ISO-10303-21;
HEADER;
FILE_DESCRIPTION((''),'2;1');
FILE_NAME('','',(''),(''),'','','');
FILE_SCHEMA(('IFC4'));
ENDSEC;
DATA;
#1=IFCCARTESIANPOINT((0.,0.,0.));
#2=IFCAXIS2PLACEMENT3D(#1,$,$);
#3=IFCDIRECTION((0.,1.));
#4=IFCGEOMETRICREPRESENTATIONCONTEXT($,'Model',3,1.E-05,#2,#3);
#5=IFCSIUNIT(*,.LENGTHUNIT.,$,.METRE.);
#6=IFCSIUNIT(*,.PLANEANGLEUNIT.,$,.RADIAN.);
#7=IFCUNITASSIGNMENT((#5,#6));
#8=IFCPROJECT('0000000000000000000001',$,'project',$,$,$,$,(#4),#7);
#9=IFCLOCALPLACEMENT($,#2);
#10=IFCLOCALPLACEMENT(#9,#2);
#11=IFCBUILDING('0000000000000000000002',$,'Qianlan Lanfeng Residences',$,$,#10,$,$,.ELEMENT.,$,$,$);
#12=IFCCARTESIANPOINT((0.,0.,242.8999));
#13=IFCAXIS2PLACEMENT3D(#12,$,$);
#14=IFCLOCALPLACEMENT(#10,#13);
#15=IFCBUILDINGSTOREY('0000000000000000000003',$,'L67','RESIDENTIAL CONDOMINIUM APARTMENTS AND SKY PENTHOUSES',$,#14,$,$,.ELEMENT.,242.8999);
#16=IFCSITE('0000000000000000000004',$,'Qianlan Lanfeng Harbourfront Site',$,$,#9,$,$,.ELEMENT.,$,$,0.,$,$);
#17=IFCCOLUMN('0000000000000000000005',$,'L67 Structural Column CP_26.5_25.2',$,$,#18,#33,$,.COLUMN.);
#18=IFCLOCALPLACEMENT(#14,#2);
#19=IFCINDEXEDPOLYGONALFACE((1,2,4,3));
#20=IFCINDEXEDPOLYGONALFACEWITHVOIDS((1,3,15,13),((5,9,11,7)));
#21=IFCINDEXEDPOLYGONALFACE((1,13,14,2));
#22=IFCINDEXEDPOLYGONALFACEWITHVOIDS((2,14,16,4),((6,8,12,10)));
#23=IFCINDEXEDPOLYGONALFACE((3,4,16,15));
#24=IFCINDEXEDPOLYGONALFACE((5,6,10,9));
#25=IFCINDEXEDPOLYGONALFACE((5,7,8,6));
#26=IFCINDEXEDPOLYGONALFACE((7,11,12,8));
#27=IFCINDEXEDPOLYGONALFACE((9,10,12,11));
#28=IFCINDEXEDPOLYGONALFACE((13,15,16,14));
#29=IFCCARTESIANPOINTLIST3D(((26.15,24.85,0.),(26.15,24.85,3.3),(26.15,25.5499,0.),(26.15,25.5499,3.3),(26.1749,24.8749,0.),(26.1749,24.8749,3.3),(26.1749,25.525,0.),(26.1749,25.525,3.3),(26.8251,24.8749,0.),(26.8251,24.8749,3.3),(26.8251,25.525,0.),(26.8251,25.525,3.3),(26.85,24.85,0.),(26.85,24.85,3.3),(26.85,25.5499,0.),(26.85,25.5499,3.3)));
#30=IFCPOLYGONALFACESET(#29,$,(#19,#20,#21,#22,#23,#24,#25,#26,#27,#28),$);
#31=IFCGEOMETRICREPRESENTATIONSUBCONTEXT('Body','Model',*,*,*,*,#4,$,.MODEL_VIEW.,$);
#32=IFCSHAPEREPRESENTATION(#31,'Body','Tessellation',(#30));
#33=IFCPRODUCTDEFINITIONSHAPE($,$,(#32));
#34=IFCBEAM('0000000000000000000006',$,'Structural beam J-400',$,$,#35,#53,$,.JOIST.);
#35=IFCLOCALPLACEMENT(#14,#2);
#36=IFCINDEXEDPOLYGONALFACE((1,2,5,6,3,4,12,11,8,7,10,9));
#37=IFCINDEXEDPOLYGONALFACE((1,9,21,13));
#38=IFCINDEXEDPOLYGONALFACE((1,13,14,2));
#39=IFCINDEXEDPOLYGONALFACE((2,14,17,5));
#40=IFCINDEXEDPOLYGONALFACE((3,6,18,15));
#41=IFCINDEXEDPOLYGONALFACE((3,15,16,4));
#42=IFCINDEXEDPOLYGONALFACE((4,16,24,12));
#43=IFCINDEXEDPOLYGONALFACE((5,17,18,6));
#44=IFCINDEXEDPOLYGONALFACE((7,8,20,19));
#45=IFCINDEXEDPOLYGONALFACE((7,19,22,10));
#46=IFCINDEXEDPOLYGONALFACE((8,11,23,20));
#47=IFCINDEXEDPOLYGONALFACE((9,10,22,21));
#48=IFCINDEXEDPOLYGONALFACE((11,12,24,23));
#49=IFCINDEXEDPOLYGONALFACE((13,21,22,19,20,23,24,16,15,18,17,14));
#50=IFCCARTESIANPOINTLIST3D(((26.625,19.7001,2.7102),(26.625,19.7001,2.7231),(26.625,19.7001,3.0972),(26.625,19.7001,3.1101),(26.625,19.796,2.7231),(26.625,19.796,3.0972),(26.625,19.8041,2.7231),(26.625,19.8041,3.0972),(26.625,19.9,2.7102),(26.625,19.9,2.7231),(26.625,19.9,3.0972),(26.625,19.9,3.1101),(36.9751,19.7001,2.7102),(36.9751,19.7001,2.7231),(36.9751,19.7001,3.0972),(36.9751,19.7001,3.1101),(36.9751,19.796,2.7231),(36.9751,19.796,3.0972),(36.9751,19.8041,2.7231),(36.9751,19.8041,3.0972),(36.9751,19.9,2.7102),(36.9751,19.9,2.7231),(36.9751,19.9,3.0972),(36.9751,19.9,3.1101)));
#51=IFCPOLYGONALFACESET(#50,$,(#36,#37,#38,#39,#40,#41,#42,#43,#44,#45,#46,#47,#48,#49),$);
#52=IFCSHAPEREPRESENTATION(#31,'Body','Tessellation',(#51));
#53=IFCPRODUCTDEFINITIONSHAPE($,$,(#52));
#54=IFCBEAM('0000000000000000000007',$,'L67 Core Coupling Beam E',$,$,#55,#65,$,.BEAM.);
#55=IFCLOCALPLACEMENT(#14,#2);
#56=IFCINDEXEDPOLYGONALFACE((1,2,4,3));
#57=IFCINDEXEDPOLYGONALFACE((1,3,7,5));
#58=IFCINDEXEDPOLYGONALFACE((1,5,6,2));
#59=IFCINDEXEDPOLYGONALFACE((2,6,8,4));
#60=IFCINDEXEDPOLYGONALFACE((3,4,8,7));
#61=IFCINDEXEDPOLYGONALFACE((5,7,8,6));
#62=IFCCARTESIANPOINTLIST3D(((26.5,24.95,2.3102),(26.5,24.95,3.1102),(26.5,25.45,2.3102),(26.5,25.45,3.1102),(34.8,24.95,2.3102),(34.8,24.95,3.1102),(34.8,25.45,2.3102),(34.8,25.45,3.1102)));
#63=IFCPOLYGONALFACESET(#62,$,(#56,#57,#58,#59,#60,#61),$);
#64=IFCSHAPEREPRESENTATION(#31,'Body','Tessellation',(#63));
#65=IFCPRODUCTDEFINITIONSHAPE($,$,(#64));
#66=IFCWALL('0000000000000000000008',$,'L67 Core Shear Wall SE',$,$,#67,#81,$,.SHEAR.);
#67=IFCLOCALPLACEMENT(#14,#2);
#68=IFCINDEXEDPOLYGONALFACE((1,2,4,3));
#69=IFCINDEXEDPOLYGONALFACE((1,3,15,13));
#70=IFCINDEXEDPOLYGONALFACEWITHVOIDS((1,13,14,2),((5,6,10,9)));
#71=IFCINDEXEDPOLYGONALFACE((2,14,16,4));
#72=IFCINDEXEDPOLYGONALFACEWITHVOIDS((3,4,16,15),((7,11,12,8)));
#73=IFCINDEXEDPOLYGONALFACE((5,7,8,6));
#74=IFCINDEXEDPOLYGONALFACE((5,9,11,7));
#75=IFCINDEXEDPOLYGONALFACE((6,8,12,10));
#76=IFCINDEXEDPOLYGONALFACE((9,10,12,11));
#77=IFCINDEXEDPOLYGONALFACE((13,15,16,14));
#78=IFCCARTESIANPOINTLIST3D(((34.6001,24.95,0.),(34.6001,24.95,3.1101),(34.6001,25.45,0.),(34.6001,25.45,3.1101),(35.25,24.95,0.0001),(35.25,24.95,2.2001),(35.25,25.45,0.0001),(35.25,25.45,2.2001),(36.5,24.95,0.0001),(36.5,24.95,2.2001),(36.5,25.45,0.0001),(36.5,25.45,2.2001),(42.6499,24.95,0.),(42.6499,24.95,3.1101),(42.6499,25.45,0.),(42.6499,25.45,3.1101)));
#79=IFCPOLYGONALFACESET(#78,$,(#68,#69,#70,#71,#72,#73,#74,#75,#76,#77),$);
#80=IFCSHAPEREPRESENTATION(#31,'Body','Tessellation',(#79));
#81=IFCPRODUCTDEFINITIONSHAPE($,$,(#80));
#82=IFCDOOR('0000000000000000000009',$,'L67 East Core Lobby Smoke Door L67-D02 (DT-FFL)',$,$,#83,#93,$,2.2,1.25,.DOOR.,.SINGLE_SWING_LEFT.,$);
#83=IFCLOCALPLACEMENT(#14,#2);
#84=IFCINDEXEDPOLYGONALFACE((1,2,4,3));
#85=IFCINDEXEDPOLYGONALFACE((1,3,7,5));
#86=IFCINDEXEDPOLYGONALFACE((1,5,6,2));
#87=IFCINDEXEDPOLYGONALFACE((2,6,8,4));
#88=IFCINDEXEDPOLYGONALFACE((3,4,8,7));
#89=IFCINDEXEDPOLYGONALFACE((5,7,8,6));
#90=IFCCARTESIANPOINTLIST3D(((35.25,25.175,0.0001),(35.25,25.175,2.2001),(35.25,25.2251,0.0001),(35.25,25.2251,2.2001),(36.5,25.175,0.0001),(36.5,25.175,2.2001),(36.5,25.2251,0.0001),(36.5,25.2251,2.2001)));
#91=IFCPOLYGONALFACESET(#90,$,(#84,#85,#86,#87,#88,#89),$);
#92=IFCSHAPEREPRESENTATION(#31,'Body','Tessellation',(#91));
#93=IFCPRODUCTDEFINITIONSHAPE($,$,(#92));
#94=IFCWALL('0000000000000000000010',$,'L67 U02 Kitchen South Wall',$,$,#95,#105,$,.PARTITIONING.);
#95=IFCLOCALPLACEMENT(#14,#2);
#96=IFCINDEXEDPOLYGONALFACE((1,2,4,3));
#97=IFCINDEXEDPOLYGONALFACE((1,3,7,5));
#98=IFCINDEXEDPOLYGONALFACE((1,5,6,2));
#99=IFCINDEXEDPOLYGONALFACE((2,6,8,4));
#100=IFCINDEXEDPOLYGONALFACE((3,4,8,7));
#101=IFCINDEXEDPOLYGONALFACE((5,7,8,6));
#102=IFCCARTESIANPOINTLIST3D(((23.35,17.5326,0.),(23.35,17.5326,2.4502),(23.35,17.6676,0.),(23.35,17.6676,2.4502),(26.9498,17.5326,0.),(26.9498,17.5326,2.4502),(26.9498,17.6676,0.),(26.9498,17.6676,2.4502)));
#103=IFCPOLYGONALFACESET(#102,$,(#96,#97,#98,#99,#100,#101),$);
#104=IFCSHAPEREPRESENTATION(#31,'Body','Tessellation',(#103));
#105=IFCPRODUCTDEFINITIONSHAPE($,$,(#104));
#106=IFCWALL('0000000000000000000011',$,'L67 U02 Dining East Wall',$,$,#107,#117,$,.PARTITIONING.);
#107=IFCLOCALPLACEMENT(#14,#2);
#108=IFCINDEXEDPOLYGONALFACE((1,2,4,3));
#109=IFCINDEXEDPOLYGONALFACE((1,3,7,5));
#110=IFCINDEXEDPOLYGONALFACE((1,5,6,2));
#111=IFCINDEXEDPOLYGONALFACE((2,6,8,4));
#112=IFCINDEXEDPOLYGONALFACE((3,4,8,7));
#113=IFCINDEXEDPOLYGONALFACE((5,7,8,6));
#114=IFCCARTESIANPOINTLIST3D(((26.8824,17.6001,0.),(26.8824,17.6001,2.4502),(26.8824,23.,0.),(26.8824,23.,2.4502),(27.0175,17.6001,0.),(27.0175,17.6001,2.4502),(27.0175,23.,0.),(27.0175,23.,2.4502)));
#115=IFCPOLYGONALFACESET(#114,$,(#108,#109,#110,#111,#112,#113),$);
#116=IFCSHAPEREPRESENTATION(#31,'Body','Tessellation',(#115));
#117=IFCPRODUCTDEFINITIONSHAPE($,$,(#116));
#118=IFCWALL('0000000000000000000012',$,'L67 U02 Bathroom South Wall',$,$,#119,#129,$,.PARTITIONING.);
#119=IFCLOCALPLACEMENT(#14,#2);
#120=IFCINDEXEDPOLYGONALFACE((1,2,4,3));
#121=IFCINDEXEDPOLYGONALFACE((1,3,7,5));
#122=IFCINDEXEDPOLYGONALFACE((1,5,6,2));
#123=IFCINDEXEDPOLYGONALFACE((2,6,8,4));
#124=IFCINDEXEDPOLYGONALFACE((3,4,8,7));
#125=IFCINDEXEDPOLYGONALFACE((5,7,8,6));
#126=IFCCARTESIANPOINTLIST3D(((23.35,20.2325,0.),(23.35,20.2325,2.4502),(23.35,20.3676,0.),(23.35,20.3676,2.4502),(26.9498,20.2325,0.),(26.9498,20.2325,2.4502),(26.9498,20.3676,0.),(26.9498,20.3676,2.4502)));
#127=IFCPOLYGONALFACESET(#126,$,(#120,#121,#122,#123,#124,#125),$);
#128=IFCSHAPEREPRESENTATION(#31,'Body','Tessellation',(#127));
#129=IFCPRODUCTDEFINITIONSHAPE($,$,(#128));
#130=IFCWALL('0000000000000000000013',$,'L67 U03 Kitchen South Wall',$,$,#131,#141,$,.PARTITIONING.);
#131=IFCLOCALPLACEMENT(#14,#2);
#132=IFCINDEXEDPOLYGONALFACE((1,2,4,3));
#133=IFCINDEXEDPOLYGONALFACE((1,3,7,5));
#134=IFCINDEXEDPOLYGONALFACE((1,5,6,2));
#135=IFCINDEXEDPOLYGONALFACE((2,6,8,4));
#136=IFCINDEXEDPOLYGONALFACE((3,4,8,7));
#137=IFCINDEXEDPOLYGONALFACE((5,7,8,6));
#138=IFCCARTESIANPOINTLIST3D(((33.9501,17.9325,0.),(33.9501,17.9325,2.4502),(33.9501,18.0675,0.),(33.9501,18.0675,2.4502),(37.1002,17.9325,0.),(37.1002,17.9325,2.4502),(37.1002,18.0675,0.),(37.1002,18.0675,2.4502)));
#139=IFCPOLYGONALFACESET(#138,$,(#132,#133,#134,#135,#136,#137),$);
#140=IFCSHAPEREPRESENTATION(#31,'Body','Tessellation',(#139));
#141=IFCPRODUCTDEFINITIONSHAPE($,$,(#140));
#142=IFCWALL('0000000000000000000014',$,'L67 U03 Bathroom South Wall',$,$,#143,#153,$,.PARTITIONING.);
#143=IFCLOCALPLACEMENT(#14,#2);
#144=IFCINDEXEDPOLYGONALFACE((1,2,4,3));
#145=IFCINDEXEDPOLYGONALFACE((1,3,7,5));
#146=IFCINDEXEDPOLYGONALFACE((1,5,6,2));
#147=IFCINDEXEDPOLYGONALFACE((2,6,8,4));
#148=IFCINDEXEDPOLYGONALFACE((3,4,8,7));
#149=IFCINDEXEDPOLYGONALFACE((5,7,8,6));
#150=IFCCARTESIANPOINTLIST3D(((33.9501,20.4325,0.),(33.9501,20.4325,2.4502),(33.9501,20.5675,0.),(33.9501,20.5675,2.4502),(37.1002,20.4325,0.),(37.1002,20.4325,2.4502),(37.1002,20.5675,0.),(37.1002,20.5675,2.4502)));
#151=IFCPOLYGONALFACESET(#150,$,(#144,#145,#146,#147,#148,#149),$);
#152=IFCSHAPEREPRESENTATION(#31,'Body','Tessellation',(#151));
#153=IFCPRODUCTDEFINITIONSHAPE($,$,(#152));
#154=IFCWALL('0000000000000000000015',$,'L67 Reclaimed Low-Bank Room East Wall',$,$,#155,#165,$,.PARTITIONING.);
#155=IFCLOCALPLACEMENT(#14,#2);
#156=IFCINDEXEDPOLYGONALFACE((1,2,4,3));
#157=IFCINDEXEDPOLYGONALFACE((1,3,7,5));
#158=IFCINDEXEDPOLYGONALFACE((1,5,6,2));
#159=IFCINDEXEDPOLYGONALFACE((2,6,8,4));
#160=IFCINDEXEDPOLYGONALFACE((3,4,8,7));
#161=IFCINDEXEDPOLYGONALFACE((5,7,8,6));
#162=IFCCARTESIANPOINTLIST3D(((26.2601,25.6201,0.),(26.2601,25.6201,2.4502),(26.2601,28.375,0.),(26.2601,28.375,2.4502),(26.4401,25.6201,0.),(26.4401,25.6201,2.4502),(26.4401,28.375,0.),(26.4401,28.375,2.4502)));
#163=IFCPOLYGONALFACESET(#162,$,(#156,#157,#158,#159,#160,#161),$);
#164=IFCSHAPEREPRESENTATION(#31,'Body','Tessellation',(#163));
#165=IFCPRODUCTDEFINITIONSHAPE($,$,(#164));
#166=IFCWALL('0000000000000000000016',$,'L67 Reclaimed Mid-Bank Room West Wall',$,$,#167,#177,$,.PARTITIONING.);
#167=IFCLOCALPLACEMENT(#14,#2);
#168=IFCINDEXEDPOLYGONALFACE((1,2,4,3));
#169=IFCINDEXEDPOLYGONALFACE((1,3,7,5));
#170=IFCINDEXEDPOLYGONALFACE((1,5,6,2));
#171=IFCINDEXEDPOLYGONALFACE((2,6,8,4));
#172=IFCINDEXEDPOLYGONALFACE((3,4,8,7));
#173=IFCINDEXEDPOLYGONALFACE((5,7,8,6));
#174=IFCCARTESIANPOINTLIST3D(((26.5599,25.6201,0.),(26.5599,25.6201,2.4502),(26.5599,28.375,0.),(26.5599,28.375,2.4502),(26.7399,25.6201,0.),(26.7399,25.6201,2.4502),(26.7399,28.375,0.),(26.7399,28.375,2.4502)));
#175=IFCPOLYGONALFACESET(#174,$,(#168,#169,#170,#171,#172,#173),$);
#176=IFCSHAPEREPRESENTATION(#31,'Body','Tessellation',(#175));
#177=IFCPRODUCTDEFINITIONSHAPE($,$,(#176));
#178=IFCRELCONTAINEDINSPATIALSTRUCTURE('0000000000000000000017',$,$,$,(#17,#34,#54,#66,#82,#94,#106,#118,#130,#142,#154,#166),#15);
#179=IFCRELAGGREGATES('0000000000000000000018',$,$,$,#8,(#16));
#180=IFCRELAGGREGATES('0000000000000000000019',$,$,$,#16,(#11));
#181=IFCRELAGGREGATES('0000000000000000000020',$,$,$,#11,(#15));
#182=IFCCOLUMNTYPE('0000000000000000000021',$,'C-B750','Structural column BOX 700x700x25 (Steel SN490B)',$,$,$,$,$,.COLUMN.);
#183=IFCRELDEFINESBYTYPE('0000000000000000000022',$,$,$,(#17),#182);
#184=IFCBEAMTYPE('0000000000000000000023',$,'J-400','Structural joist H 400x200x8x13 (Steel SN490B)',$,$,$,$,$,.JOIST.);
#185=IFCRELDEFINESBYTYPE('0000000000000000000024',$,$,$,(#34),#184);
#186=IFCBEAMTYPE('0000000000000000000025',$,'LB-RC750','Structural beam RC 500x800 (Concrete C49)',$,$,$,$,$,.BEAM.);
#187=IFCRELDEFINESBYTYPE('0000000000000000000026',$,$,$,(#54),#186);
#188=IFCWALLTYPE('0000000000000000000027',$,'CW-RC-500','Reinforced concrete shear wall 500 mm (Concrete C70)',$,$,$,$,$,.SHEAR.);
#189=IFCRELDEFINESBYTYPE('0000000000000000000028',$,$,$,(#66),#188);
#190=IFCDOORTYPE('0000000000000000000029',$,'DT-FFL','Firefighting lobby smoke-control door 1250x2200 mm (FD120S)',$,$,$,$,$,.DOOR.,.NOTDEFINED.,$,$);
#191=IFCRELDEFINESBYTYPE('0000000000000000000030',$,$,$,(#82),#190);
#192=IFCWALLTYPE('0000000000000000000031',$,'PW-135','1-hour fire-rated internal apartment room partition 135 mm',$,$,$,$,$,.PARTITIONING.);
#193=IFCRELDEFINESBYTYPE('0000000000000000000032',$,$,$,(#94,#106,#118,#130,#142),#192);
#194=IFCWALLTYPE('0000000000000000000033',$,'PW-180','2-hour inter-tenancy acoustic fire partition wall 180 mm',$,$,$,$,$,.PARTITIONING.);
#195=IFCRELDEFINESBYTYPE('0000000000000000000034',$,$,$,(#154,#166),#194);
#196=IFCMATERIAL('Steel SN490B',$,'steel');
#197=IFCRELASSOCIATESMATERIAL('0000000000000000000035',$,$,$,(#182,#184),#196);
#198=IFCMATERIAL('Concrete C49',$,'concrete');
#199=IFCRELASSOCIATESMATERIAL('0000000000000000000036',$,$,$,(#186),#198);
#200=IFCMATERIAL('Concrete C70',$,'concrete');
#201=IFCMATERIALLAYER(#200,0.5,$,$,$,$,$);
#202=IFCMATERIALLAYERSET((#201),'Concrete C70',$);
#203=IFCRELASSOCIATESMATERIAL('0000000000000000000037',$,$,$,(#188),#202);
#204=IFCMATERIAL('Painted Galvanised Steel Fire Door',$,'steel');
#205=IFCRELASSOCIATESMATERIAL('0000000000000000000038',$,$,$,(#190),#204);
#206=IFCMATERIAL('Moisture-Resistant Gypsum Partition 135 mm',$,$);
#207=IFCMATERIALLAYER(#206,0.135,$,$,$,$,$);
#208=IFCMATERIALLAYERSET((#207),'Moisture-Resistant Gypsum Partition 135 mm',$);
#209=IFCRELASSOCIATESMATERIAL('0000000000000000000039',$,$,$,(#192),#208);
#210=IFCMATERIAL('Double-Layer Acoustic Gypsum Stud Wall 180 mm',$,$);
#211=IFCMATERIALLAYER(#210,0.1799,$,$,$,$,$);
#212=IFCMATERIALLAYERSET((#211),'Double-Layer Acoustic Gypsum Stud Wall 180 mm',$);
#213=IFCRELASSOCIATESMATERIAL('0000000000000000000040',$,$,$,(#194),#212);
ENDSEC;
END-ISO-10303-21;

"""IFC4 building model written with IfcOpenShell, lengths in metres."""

from ifc_helpers import new_model, si_unit, direction, frame, frame_2d, origin, origin_2d, place, context, subcontext, project, spatial, rectangle, hollow_rectangle, i_section, extrude, material, layer, layer_set, material_profile, profile_set, type_object, element, fill, save


model = new_model("IFC4")

# Units and contexts
model_context = context("Model", 3, precision=1e-05, world=origin(), true_north=direction((0.0, 1.0)))
body_context = subcontext(model_context, "Body", "Model", "MODEL_VIEW")
ifc_project = project(units=[si_unit("LENGTHUNIT", "METRE"), si_unit("PLANEANGLEUNIT", "RADIAN")], contexts=[model_context])

# Site, building, storey
site_placement = place(None, origin())
site = spatial("IfcSite", under=ifc_project, at=site_placement, Name="Qianlan Lanfeng Harbourfront Site", CompositionType="ELEMENT", RefElevation=0.0)
building_placement = place(site_placement, origin())
building = spatial("IfcBuilding", under=site, at=building_placement, Name="Qianlan Lanfeng Residences", CompositionType="ELEMENT")
storey_placement = place(building_placement, frame((0.0, 0.0, 242.8999)))
storey = spatial("IfcBuildingStorey", under=building, at=storey_placement, Name="L67", Description="RESIDENTIAL CONDOMINIUM APARTMENTS AND SKY PENTHOUSES", CompositionType="ELEMENT", Elevation=242.8999)

# Column
ifc_material_1 = material(Name="Steel SN490B", Category="steel")
ifc_material_profile_1 = material_profile(ifc_material_1, hollow_rectangle(XDim=0.7, YDim=0.7, WallThickness=0.0249, at=origin_2d()), Name="BOX 700x700x25")
ifc_profile_set_1 = profile_set([ifc_material_profile_1], Name="Steel SN490B")
column_type = type_object("IfcColumnType", Name="C-B750", Description="Structural column BOX 700x700x25 (Steel SN490B)", PredefinedType="COLUMN", material=ifc_profile_set_1)
column_placement = place(storey_placement, frame((26.5, 25.2, 0.0), z_axis=(0.0, 0.0, 1.0), x_axis=(1.0, 0.0, 0.0)))
element("IfcColumn", 1, at=column_placement, inside=storey, type_object=column_type, Name="L67 Structural Column CP_26.5_25.2", PredefinedType="COLUMN", context=body_context, shape_type="SweptSolid", body=[
    extrude(hollow_rectangle(XDim=0.7, YDim=0.7, WallThickness=0.0249, at=origin_2d()), origin(), (0.0, 0.0, 1.0), 3.3),
])

# Beams
ifc_material_profile_2 = material_profile(ifc_material_1, i_section(OverallWidth=0.2, OverallDepth=0.3999, WebThickness=0.0081, FlangeThickness=0.0129, at=origin_2d()), Name="H 400x200x8x13")
ifc_profile_set_2 = profile_set([ifc_material_profile_2], Name="Steel SN490B")
beam_type_1 = type_object("IfcBeamType", Name="J-400", Description="Structural joist H 400x200x8x13 (Steel SN490B)", PredefinedType="JOIST", material=ifc_profile_set_2)
beam_1_placement = place(storey_placement, frame((26.625, 19.8, 2.9102), z_axis=(1.0, 0.0, 0.0), x_axis=(0.0, 1.0, 0.0)))
element("IfcBeam", 2, at=beam_1_placement, inside=storey, type_object=beam_type_1, Name="Structural beam J-400", PredefinedType="JOIST", context=body_context, shape_type="SweptSolid", body=[
    extrude(i_section(OverallWidth=0.2, OverallDepth=0.3999, WebThickness=0.0081, FlangeThickness=0.0129, at=origin_2d()), origin(), (0.0, 0.0, 1.0), 10.3501),
])
ifc_material_2 = material(Name="Concrete C49", Category="concrete")
ifc_material_profile_3 = material_profile(ifc_material_2, rectangle(XDim=0.5, YDim=0.8, at=origin_2d()), Name="RC 500x800")
ifc_profile_set_3 = profile_set([ifc_material_profile_3], Name="Concrete C49")
beam_type_2 = type_object("IfcBeamType", Name="LB-RC750", Description="Structural beam RC 500x800 (Concrete C49)", PredefinedType="BEAM", material=ifc_profile_set_3)
beam_2_placement = place(storey_placement, frame((26.5, 25.2, 2.7102), z_axis=(1.0, 0.0, 0.0), x_axis=(0.0, 1.0, 0.0)))
element("IfcBeam", 3, at=beam_2_placement, inside=storey, type_object=beam_type_2, Name="L67 Core Coupling Beam E", PredefinedType="BEAM", context=body_context, shape_type="SweptSolid", body=[
    extrude(rectangle(XDim=0.5, YDim=0.8, at=origin_2d()), origin(), (0.0, 0.0, 1.0), 8.3),
])

# Wall, opening, door
ifc_material_3 = material(Name="Concrete C70", Category="concrete")
ifc_layer_1 = layer(ifc_material_3, 0.5)
ifc_layer_set_1 = layer_set([ifc_layer_1], Name="Concrete C70")
wall_type_1 = type_object("IfcWallType", Name="CW-RC-500", Description="Reinforced concrete shear wall 500 mm (Concrete C70)", PredefinedType="SHEAR", material=ifc_layer_set_1)
wall_1_placement = place(storey_placement, frame((34.6001, 25.2, 0.0), z_axis=(0.0, 0.0, 1.0), x_axis=(1.0, 0.0, 0.0)))
wall_1 = element("IfcWall", 4, at=wall_1_placement, inside=storey, type_object=wall_type_1, Name="L67 Core Shear Wall SE", PredefinedType="SHEAR", context=body_context, shape_type="SweptSolid", body=[
    extrude(rectangle(XDim=8.0498, YDim=0.5, at=frame_2d((4.0249, 0.0))), origin(), (0.0, 0.0, 1.0), 3.1101),
])
opening_1_placement = place(wall_1_placement, frame((0.6499, 0.0, 0.0)))
opening_1 = element("IfcOpeningElement", 5, at=opening_1_placement, cuts=wall_1, PredefinedType="OPENING", context=body_context, shape_type="SweptSolid", body=[
    extrude(rectangle(XDim=1.25, YDim=2.2, at=frame_2d((0.625, 1.1001))), frame((0.0, 0.26, 0.0), z_axis=(0.0, -1.0, 0.0), x_axis=(1.0, 0.0, 0.0)), (0.0, 0.0, 1.0), 0.52),
])
ifc_material_4 = material(Name="Painted Galvanised Steel Fire Door", Category="steel")
door_type_1 = type_object("IfcDoorType", Name="DT-FFL", Description="Firefighting lobby smoke-control door 1250x2200 mm (FD120S)", OperationType="NOTDEFINED", PredefinedType="DOOR", material=ifc_material_4)
door_1_placement = place(opening_1_placement, frame((1.25, 0.0, 0.0), z_axis=(0.0, 0.0, 1.0), x_axis=(-1.0, 0.0, 0.0)))
door_1 = element("IfcDoor", 6, at=door_1_placement, inside=storey, type_object=door_type_1, Name="L67 East Core Lobby Smoke Door L67-D02 (DT-FFL)", OperationType="SINGLE_SWING_LEFT", OverallHeight=2.2, OverallWidth=1.25, PredefinedType="DOOR", context=body_context, shape_type="SweptSolid", body=[
    extrude(rectangle(XDim=1.25, YDim=2.2, at=frame_2d((0.625, 1.1001))), frame((0.0, 0.0249, 0.0), z_axis=(0.0, -1.0, 0.0), x_axis=(1.0, 0.0, 0.0)), (0.0, 0.0, 1.0), 0.05),
])
fill(opening_1, door_1)

# Walls
ifc_material_5 = material(Name="Moisture-Resistant Gypsum Partition 135 mm")
ifc_layer_2 = layer(ifc_material_5, 0.135)
ifc_layer_set_2 = layer_set([ifc_layer_2], Name="Moisture-Resistant Gypsum Partition 135 mm")
wall_type_2 = type_object("IfcWallType", Name="PW-135", Description="1-hour fire-rated internal apartment room partition 135 mm", PredefinedType="PARTITIONING", material=ifc_layer_set_2)
wall_2_placement = place(storey_placement, frame((23.3501, 17.6001, 0.0), z_axis=(0.0, 0.0, 1.0), x_axis=(1.0, 0.0, 0.0)))
element("IfcWall", 7, at=wall_2_placement, inside=storey, type_object=wall_type_2, Name="L67 U02 Kitchen South Wall", PredefinedType="PARTITIONING", context=body_context, shape_type="SweptSolid", body=[
    extrude(rectangle(XDim=3.5999, YDim=0.135, at=frame_2d((1.7998, 0.0))), origin(), (0.0, 0.0, 1.0), 2.4502),
])
wall_3_placement = place(storey_placement, frame((26.95, 17.6001, 0.0), z_axis=(0.0, 0.0, 1.0), x_axis=(0.0, 1.0, 0.0)))
element("IfcWall", 8, at=wall_3_placement, inside=storey, type_object=wall_type_2, Name="L67 U02 Dining East Wall", PredefinedType="PARTITIONING", context=body_context, shape_type="SweptSolid", body=[
    extrude(rectangle(XDim=5.3999, YDim=0.135, at=frame_2d((2.7, 0.0))), origin(), (0.0, 0.0, 1.0), 2.4502),
])
wall_4_placement = place(storey_placement, frame((23.3501, 20.3, 0.0), z_axis=(0.0, 0.0, 1.0), x_axis=(1.0, 0.0, 0.0)))
element("IfcWall", 9, at=wall_4_placement, inside=storey, type_object=wall_type_2, Name="L67 U02 Bathroom South Wall", PredefinedType="PARTITIONING", context=body_context, shape_type="SweptSolid", body=[
    extrude(rectangle(XDim=3.5999, YDim=0.135, at=frame_2d((1.7998, 0.0))), origin(), (0.0, 0.0, 1.0), 2.4502),
])

# Walls
for number, where, z_axis, x_axis, name in (
    (10, (33.95, 18.0, 0.0), (0.0, 0.0, 1.0), (1.0, 0.0, 0.0), "L67 U03 Kitchen South Wall"),
    (11, (33.95, 20.5, 0.0), (0.0, 0.0, 1.0), (1.0, 0.0, 0.0), "L67 U03 Bathroom South Wall"),
):
    element("IfcWall", number, at=place(storey_placement, frame(where, z_axis=z_axis, x_axis=x_axis)), inside=storey, type_object=wall_type_2, Name=name, PredefinedType="PARTITIONING", context=body_context, shape_type="SweptSolid", body=[
        extrude(rectangle(XDim=3.1501, YDim=0.135, at=frame_2d((1.5752, 0.0))), origin(), (0.0, 0.0, 1.0), 2.4502),
    ])
ifc_material_6 = material(Name="Double-Layer Acoustic Gypsum Stud Wall 180 mm")
ifc_layer_3 = layer(ifc_material_6, 0.1799)
ifc_layer_set_3 = layer_set([ifc_layer_3], Name="Double-Layer Acoustic Gypsum Stud Wall 180 mm")
wall_type_3 = type_object("IfcWallType", Name="PW-180", Description="2-hour inter-tenancy acoustic fire partition wall 180 mm", PredefinedType="PARTITIONING", material=ifc_layer_set_3)
for number, where, z_axis, x_axis, name in (
    (12, (26.3501, 25.6201, 0.0), (0.0, 0.0, 1.0), (0.0, 1.0, 0.0), "L67 Reclaimed Low-Bank Room East Wall"),
    (13, (26.6499, 25.6201, 0.0), (0.0, 0.0, 1.0), (0.0, 1.0, 0.0), "L67 Reclaimed Mid-Bank Room West Wall"),
):
    element("IfcWall", number, at=place(storey_placement, frame(where, z_axis=z_axis, x_axis=x_axis)), inside=storey, type_object=wall_type_3, Name=name, PredefinedType="PARTITIONING", context=body_context, shape_type="SweptSolid", body=[
        extrude(rectangle(XDim=2.7549, YDim=0.1799, at=frame_2d((1.3774, 0.0))), origin(), (0.0, 0.0, 1.0), 2.4502),
    ])

save(model, "model.ifc")
